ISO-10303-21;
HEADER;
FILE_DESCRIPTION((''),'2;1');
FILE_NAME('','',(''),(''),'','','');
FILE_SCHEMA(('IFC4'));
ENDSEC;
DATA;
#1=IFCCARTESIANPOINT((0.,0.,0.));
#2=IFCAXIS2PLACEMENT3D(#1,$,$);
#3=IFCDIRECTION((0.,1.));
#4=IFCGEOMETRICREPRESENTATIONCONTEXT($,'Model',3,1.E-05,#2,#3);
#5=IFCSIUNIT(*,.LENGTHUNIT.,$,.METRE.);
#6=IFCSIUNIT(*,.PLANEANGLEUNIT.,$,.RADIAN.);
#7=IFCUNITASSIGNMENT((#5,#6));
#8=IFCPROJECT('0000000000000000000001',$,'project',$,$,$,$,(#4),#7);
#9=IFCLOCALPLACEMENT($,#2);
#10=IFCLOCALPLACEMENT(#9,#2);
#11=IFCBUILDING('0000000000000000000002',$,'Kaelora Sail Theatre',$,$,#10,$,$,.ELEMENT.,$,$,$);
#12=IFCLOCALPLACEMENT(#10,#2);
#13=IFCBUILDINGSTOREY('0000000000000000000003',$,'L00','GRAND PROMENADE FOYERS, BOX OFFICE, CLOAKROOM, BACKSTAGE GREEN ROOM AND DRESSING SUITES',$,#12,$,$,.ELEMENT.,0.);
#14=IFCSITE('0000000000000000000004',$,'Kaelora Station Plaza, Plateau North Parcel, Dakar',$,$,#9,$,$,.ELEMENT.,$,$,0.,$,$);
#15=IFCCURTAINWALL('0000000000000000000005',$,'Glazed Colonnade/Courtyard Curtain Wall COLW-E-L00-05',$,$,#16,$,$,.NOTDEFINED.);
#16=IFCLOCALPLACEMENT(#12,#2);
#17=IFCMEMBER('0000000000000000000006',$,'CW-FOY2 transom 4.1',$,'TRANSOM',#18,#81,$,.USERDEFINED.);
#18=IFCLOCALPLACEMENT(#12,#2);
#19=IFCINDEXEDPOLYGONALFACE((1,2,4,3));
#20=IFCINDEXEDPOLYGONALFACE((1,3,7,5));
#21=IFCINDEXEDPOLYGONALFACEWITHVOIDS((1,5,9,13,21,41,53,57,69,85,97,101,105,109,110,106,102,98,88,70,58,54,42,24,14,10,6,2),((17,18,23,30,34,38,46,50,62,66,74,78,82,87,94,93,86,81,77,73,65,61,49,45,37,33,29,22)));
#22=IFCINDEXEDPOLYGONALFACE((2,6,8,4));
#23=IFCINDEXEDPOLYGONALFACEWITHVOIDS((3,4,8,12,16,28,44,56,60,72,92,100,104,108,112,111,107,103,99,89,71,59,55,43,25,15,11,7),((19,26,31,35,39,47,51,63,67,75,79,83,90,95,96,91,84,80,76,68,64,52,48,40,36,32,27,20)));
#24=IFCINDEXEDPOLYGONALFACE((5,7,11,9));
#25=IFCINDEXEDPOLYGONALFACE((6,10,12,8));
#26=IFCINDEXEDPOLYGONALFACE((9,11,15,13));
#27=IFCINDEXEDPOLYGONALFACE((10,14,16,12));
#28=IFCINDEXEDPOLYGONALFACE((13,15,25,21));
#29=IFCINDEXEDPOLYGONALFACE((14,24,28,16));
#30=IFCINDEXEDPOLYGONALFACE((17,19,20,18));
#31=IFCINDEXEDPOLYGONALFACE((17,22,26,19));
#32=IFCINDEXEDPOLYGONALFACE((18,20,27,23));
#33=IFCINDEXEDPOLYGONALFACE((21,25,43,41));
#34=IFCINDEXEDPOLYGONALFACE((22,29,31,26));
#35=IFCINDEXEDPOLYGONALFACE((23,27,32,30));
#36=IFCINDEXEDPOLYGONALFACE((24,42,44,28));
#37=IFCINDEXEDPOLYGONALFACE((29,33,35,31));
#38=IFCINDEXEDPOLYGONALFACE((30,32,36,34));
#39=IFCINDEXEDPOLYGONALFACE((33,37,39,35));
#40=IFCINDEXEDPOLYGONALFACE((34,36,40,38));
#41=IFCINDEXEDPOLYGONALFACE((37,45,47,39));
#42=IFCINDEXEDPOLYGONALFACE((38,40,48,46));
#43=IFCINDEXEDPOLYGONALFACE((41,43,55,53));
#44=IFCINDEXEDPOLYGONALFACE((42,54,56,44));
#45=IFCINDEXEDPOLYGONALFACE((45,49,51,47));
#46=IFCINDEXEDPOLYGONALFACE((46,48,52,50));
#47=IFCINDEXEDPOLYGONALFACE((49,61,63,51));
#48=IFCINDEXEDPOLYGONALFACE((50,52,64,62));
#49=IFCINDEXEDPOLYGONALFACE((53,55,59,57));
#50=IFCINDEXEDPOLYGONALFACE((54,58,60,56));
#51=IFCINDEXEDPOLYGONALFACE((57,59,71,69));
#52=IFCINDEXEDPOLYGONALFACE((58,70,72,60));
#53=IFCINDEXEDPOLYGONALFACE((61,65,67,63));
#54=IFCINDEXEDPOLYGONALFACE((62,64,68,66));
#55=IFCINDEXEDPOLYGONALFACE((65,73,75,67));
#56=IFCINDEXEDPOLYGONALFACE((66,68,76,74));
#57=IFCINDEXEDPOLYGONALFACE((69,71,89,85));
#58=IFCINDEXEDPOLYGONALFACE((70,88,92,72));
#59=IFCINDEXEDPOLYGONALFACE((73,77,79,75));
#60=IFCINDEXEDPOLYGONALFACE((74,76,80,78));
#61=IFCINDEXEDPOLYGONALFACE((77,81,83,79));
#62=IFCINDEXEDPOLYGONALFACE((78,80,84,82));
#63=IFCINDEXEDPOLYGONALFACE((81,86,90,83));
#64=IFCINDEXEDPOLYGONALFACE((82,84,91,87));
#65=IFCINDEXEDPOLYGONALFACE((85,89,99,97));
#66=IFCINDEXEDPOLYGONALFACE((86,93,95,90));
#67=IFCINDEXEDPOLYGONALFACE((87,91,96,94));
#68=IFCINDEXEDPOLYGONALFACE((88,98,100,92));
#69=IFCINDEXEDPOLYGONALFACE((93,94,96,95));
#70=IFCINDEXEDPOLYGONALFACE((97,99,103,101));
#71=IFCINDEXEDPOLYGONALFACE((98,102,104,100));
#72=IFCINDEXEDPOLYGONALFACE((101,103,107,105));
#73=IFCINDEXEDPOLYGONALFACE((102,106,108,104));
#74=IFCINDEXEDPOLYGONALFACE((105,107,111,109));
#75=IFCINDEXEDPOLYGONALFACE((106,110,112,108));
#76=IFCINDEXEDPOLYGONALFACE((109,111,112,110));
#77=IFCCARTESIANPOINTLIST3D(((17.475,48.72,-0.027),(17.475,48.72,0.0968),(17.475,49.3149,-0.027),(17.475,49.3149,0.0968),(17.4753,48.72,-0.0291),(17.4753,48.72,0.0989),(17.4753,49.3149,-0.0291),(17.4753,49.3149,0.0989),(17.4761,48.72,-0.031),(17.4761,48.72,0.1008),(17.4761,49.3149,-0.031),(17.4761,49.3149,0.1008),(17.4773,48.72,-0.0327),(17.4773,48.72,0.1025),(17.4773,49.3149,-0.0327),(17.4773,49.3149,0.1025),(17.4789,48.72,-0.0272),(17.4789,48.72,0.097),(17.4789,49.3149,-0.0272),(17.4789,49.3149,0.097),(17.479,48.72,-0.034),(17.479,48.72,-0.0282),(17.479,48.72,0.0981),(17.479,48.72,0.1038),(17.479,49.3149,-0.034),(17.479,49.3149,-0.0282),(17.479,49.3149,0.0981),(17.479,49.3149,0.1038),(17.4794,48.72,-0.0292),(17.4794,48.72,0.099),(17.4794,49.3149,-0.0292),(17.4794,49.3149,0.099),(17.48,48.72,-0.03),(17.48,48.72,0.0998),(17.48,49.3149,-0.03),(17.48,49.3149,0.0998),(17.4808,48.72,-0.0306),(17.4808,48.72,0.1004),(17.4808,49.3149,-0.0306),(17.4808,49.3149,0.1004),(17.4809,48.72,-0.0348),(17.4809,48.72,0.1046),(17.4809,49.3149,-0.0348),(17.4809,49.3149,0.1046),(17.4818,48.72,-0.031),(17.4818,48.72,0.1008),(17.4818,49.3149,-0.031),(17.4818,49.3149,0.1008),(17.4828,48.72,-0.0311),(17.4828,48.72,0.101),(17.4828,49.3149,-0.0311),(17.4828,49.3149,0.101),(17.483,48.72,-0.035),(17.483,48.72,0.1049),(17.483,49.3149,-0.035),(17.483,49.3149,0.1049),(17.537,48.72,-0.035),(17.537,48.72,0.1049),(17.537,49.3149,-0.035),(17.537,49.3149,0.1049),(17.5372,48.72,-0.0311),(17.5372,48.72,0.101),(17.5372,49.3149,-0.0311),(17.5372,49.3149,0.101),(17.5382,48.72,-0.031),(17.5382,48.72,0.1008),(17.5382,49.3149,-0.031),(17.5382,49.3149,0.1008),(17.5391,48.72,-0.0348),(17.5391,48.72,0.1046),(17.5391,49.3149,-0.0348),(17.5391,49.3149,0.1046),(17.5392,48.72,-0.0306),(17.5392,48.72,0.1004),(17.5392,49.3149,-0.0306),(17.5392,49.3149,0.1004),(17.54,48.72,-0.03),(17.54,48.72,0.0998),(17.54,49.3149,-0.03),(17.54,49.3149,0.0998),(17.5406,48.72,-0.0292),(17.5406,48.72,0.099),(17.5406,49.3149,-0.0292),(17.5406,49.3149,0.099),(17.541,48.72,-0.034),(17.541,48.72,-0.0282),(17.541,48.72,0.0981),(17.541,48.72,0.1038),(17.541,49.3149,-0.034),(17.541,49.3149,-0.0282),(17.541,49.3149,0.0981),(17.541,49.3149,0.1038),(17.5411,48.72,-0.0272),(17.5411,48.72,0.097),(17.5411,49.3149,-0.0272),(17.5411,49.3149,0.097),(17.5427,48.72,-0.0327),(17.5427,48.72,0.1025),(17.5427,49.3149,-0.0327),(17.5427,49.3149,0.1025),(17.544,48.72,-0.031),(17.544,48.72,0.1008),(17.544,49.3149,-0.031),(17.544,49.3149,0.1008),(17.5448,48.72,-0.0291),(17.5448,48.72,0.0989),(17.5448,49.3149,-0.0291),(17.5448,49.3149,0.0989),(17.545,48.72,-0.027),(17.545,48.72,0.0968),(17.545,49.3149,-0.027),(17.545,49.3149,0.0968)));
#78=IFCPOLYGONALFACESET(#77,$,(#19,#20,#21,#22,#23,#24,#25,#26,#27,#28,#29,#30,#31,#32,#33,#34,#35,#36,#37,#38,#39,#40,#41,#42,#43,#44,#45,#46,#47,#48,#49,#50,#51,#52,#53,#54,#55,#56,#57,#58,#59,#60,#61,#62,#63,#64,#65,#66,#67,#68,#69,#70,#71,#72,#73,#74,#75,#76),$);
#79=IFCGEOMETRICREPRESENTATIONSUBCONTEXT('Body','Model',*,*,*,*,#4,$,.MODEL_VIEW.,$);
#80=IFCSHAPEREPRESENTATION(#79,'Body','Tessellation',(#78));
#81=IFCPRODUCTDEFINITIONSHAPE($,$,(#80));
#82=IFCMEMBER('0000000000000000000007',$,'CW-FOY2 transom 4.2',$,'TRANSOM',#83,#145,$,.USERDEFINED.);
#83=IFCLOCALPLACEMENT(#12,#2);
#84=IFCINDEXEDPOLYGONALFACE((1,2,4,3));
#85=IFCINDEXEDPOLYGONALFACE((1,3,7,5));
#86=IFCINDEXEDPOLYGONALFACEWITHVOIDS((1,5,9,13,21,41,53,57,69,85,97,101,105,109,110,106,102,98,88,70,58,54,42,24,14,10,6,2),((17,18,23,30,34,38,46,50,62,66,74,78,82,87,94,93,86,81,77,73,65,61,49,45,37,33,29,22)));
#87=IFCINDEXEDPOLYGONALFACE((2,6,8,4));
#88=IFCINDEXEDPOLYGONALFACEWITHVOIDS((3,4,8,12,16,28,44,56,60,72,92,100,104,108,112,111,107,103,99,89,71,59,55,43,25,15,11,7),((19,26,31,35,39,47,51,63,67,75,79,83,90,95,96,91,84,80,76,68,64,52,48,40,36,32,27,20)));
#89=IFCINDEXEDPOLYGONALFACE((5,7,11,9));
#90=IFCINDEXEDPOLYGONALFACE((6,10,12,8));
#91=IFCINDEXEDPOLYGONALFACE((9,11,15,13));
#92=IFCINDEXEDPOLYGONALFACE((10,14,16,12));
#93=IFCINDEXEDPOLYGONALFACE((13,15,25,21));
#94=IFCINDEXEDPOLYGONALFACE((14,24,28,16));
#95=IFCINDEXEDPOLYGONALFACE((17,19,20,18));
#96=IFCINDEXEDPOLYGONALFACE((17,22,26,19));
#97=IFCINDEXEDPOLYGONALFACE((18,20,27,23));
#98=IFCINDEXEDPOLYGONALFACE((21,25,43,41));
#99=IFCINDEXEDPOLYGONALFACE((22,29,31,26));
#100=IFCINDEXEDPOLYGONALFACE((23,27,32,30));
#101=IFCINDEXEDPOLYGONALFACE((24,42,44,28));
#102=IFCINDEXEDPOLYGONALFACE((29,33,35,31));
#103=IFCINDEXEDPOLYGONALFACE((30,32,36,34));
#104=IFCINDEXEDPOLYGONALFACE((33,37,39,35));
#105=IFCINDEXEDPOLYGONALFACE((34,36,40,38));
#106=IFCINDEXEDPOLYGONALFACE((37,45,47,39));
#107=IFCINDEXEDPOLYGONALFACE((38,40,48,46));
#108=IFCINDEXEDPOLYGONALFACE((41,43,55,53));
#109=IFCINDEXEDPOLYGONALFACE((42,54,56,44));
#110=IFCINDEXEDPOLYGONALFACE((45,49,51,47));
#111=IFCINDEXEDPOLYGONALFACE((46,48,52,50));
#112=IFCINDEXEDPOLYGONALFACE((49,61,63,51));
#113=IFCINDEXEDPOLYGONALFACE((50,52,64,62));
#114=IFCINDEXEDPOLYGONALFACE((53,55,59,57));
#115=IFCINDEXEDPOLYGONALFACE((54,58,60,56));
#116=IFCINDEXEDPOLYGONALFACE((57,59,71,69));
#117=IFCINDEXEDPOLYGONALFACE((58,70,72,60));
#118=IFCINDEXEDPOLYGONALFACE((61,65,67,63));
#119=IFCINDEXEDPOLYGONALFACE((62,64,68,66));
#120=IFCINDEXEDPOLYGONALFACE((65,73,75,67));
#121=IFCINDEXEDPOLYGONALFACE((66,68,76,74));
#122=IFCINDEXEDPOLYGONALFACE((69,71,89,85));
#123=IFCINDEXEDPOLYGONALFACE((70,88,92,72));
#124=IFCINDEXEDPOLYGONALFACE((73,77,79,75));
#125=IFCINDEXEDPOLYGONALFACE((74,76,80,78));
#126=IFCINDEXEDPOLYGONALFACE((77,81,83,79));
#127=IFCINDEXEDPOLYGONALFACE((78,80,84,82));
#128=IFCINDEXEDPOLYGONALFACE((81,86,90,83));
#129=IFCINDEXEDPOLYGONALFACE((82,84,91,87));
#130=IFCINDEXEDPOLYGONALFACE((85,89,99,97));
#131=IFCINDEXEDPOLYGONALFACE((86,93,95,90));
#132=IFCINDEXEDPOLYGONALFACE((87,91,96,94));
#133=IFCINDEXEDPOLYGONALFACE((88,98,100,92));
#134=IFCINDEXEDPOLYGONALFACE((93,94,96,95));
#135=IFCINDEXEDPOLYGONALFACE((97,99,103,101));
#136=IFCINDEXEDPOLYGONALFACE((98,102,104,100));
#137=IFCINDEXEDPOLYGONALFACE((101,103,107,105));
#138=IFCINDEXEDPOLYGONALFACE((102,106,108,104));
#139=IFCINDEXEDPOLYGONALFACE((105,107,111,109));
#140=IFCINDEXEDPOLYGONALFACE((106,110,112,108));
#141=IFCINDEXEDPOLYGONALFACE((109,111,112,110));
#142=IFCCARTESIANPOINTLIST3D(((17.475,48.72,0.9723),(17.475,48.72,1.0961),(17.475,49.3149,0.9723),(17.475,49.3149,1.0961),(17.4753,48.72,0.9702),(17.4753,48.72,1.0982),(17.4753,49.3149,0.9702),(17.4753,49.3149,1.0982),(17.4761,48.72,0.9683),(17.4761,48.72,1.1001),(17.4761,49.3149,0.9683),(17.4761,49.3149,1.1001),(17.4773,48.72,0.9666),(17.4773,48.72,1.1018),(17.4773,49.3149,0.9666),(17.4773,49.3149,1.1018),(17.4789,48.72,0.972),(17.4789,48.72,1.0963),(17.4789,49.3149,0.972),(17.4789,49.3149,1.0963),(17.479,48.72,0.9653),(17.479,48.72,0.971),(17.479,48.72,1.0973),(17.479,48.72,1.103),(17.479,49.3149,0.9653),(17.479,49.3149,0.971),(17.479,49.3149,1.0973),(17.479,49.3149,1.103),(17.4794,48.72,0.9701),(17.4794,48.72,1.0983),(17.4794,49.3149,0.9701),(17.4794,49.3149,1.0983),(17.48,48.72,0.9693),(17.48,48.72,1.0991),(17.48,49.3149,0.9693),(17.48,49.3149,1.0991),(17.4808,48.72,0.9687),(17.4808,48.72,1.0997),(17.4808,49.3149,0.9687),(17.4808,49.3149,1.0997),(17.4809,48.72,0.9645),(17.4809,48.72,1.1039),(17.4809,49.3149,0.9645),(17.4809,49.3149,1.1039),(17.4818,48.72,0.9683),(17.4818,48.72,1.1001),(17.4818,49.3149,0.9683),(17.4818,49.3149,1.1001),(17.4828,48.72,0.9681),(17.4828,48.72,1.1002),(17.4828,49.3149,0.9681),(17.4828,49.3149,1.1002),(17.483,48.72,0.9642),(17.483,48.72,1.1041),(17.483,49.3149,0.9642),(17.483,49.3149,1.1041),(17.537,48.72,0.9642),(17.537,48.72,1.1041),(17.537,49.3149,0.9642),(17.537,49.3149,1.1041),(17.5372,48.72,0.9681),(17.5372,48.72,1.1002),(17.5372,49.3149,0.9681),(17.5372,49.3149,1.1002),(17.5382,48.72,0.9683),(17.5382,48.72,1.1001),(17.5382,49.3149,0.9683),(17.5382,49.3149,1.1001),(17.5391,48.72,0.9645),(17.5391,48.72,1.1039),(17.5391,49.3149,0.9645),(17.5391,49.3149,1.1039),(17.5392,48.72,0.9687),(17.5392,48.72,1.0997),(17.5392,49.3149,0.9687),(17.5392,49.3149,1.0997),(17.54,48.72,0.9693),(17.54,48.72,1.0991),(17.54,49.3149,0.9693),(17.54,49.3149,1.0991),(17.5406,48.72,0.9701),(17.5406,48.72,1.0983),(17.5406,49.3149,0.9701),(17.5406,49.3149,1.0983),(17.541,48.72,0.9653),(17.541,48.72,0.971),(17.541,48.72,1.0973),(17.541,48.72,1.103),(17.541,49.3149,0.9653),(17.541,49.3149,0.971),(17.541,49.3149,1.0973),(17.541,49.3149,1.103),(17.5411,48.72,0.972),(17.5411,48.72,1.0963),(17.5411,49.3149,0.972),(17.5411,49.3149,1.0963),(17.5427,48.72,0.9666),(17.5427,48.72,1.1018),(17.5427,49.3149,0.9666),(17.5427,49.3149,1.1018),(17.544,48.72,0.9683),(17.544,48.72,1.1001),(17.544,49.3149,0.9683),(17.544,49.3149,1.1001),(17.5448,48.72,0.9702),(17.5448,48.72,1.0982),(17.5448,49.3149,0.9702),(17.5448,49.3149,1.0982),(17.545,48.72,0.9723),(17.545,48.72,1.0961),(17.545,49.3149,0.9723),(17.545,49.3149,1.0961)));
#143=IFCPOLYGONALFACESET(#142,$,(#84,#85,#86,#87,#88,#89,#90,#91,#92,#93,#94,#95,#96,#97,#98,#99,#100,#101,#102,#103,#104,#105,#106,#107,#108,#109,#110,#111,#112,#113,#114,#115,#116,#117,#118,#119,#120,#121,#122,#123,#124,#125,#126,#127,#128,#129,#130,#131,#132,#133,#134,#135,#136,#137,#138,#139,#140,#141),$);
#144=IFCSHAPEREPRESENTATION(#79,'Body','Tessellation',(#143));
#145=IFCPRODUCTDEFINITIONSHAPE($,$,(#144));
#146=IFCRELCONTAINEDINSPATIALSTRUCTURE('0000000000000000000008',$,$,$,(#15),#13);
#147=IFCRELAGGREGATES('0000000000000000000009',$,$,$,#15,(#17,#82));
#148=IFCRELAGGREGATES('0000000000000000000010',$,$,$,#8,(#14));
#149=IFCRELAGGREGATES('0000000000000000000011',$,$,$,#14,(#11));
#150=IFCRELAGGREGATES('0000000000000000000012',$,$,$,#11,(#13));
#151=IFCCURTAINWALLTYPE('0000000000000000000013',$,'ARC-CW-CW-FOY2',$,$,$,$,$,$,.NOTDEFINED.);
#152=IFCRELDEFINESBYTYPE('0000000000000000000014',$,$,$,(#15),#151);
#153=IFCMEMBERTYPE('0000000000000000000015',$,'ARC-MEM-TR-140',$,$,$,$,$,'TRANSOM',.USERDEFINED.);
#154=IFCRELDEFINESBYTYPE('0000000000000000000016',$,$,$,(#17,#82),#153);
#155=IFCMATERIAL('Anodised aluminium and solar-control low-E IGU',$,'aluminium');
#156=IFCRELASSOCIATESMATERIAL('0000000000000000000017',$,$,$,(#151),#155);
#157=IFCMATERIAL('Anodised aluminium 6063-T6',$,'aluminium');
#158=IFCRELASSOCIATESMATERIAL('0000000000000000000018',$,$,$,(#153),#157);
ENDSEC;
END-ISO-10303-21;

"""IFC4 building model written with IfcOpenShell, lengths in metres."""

from ifc_helpers import new_model, si_unit, direction, frame, origin, origin_2d, place, context, subcontext, project, spatial, hollow_rectangle, extrude, material, material_profile, profile_set, type_object, element, aggregate, save


model = new_model("IFC4")

# Units and contexts
model_context = context("Model", 3, precision=1e-05, world=origin(), true_north=direction((0.0, 1.0)))
body_context = subcontext(model_context, "Body", "Model", "MODEL_VIEW")
ifc_project = project(units=[si_unit("LENGTHUNIT", "METRE"), si_unit("PLANEANGLEUNIT", "RADIAN")], contexts=[model_context])

# Site, building, storey
site_placement = place(None, origin())
site = spatial("IfcSite", under=ifc_project, at=site_placement, Name="Kaelora Station Plaza, Plateau North Parcel, Dakar", CompositionType="ELEMENT", RefElevation=0.0)
building_placement = place(site_placement, origin())
building = spatial("IfcBuilding", under=site, at=building_placement, Name="Kaelora Sail Theatre", CompositionType="ELEMENT")
storey_placement = place(building_placement, origin())
storey = spatial("IfcBuildingStorey", under=building, at=storey_placement, Name="L00", Description="GRAND PROMENADE FOYERS, BOX OFFICE, CLOAKROOM, BACKSTAGE GREEN ROOM AND DRESSING SUITES", CompositionType="ELEMENT", Elevation=0.0)

# Curtain wall, members
ifc_material_1 = material(Name="Anodised aluminium and solar-control low-E IGU", Category="aluminium")
curtain_wall_type = type_object("IfcCurtainWallType", Name="ARC-CW-CW-FOY2", PredefinedType="NOTDEFINED", material=ifc_material_1)
curtain_wall_placement = place(storey_placement, origin())
curtain_wall = element("IfcCurtainWall", 1, at=curtain_wall_placement, inside=storey, type_object=curtain_wall_type, Name="Glazed Colonnade/Courtyard Curtain Wall COLW-E-L00-05", PredefinedType="NOTDEFINED")
ifc_material_2 = material(Name="Anodised aluminium 6063-T6", Category="aluminium")
ifc_material_profile_1 = material_profile(ifc_material_2, hollow_rectangle(XDim=0.0701, YDim=0.1399, WallThickness=0.0039, InnerFilletRadius=0.0039, OuterFilletRadius=0.0081, at=origin_2d()), Name="ALU-TRAN 70x140x4")
ifc_profile_set_1 = profile_set([ifc_material_profile_1], Name="Anodised aluminium 6063-T6")
member_type_1 = type_object("IfcMemberType", Name="ARC-MEM-TR-140", ElementType="TRANSOM", PredefinedType="USERDEFINED", material=ifc_profile_set_1)
member_1_placement = place(storey_placement, frame((17.51, 48.72, 0.0349), z_axis=(0.0, 1.0, 0.0), x_axis=(-1.0, 0.0, 0.0)))
member_1 = element("IfcMember", 2, at=member_1_placement, type_object=member_type_1, Name="CW-FOY2 transom 4.1", ObjectType="TRANSOM", PredefinedType="USERDEFINED", context=body_context, shape_type="SweptSolid", body=[
    extrude(hollow_rectangle(XDim=0.0701, YDim=0.1399, WallThickness=0.0039, InnerFilletRadius=0.0039, OuterFilletRadius=0.0081, at=origin_2d()), origin(), (0.0, 0.0, 1.0), 0.595),
])
member_2_placement = place(storey_placement, frame((17.51, 48.72, 1.0342), z_axis=(0.0, 1.0, 0.0), x_axis=(-1.0, 0.0, 0.0)))
member_2 = element("IfcMember", 3, at=member_2_placement, type_object=member_type_1, Name="CW-FOY2 transom 4.2", ObjectType="TRANSOM", PredefinedType="USERDEFINED", context=body_context, shape_type="SweptSolid", body=[
    extrude(hollow_rectangle(XDim=0.0701, YDim=0.1399, WallThickness=0.0039, InnerFilletRadius=0.0039, OuterFilletRadius=0.0081, at=origin_2d()), origin(), (0.0, 0.0, 1.0), 0.595),
])
aggregate(curtain_wall, [member_1, member_2])

save(model, "model.ifc")
